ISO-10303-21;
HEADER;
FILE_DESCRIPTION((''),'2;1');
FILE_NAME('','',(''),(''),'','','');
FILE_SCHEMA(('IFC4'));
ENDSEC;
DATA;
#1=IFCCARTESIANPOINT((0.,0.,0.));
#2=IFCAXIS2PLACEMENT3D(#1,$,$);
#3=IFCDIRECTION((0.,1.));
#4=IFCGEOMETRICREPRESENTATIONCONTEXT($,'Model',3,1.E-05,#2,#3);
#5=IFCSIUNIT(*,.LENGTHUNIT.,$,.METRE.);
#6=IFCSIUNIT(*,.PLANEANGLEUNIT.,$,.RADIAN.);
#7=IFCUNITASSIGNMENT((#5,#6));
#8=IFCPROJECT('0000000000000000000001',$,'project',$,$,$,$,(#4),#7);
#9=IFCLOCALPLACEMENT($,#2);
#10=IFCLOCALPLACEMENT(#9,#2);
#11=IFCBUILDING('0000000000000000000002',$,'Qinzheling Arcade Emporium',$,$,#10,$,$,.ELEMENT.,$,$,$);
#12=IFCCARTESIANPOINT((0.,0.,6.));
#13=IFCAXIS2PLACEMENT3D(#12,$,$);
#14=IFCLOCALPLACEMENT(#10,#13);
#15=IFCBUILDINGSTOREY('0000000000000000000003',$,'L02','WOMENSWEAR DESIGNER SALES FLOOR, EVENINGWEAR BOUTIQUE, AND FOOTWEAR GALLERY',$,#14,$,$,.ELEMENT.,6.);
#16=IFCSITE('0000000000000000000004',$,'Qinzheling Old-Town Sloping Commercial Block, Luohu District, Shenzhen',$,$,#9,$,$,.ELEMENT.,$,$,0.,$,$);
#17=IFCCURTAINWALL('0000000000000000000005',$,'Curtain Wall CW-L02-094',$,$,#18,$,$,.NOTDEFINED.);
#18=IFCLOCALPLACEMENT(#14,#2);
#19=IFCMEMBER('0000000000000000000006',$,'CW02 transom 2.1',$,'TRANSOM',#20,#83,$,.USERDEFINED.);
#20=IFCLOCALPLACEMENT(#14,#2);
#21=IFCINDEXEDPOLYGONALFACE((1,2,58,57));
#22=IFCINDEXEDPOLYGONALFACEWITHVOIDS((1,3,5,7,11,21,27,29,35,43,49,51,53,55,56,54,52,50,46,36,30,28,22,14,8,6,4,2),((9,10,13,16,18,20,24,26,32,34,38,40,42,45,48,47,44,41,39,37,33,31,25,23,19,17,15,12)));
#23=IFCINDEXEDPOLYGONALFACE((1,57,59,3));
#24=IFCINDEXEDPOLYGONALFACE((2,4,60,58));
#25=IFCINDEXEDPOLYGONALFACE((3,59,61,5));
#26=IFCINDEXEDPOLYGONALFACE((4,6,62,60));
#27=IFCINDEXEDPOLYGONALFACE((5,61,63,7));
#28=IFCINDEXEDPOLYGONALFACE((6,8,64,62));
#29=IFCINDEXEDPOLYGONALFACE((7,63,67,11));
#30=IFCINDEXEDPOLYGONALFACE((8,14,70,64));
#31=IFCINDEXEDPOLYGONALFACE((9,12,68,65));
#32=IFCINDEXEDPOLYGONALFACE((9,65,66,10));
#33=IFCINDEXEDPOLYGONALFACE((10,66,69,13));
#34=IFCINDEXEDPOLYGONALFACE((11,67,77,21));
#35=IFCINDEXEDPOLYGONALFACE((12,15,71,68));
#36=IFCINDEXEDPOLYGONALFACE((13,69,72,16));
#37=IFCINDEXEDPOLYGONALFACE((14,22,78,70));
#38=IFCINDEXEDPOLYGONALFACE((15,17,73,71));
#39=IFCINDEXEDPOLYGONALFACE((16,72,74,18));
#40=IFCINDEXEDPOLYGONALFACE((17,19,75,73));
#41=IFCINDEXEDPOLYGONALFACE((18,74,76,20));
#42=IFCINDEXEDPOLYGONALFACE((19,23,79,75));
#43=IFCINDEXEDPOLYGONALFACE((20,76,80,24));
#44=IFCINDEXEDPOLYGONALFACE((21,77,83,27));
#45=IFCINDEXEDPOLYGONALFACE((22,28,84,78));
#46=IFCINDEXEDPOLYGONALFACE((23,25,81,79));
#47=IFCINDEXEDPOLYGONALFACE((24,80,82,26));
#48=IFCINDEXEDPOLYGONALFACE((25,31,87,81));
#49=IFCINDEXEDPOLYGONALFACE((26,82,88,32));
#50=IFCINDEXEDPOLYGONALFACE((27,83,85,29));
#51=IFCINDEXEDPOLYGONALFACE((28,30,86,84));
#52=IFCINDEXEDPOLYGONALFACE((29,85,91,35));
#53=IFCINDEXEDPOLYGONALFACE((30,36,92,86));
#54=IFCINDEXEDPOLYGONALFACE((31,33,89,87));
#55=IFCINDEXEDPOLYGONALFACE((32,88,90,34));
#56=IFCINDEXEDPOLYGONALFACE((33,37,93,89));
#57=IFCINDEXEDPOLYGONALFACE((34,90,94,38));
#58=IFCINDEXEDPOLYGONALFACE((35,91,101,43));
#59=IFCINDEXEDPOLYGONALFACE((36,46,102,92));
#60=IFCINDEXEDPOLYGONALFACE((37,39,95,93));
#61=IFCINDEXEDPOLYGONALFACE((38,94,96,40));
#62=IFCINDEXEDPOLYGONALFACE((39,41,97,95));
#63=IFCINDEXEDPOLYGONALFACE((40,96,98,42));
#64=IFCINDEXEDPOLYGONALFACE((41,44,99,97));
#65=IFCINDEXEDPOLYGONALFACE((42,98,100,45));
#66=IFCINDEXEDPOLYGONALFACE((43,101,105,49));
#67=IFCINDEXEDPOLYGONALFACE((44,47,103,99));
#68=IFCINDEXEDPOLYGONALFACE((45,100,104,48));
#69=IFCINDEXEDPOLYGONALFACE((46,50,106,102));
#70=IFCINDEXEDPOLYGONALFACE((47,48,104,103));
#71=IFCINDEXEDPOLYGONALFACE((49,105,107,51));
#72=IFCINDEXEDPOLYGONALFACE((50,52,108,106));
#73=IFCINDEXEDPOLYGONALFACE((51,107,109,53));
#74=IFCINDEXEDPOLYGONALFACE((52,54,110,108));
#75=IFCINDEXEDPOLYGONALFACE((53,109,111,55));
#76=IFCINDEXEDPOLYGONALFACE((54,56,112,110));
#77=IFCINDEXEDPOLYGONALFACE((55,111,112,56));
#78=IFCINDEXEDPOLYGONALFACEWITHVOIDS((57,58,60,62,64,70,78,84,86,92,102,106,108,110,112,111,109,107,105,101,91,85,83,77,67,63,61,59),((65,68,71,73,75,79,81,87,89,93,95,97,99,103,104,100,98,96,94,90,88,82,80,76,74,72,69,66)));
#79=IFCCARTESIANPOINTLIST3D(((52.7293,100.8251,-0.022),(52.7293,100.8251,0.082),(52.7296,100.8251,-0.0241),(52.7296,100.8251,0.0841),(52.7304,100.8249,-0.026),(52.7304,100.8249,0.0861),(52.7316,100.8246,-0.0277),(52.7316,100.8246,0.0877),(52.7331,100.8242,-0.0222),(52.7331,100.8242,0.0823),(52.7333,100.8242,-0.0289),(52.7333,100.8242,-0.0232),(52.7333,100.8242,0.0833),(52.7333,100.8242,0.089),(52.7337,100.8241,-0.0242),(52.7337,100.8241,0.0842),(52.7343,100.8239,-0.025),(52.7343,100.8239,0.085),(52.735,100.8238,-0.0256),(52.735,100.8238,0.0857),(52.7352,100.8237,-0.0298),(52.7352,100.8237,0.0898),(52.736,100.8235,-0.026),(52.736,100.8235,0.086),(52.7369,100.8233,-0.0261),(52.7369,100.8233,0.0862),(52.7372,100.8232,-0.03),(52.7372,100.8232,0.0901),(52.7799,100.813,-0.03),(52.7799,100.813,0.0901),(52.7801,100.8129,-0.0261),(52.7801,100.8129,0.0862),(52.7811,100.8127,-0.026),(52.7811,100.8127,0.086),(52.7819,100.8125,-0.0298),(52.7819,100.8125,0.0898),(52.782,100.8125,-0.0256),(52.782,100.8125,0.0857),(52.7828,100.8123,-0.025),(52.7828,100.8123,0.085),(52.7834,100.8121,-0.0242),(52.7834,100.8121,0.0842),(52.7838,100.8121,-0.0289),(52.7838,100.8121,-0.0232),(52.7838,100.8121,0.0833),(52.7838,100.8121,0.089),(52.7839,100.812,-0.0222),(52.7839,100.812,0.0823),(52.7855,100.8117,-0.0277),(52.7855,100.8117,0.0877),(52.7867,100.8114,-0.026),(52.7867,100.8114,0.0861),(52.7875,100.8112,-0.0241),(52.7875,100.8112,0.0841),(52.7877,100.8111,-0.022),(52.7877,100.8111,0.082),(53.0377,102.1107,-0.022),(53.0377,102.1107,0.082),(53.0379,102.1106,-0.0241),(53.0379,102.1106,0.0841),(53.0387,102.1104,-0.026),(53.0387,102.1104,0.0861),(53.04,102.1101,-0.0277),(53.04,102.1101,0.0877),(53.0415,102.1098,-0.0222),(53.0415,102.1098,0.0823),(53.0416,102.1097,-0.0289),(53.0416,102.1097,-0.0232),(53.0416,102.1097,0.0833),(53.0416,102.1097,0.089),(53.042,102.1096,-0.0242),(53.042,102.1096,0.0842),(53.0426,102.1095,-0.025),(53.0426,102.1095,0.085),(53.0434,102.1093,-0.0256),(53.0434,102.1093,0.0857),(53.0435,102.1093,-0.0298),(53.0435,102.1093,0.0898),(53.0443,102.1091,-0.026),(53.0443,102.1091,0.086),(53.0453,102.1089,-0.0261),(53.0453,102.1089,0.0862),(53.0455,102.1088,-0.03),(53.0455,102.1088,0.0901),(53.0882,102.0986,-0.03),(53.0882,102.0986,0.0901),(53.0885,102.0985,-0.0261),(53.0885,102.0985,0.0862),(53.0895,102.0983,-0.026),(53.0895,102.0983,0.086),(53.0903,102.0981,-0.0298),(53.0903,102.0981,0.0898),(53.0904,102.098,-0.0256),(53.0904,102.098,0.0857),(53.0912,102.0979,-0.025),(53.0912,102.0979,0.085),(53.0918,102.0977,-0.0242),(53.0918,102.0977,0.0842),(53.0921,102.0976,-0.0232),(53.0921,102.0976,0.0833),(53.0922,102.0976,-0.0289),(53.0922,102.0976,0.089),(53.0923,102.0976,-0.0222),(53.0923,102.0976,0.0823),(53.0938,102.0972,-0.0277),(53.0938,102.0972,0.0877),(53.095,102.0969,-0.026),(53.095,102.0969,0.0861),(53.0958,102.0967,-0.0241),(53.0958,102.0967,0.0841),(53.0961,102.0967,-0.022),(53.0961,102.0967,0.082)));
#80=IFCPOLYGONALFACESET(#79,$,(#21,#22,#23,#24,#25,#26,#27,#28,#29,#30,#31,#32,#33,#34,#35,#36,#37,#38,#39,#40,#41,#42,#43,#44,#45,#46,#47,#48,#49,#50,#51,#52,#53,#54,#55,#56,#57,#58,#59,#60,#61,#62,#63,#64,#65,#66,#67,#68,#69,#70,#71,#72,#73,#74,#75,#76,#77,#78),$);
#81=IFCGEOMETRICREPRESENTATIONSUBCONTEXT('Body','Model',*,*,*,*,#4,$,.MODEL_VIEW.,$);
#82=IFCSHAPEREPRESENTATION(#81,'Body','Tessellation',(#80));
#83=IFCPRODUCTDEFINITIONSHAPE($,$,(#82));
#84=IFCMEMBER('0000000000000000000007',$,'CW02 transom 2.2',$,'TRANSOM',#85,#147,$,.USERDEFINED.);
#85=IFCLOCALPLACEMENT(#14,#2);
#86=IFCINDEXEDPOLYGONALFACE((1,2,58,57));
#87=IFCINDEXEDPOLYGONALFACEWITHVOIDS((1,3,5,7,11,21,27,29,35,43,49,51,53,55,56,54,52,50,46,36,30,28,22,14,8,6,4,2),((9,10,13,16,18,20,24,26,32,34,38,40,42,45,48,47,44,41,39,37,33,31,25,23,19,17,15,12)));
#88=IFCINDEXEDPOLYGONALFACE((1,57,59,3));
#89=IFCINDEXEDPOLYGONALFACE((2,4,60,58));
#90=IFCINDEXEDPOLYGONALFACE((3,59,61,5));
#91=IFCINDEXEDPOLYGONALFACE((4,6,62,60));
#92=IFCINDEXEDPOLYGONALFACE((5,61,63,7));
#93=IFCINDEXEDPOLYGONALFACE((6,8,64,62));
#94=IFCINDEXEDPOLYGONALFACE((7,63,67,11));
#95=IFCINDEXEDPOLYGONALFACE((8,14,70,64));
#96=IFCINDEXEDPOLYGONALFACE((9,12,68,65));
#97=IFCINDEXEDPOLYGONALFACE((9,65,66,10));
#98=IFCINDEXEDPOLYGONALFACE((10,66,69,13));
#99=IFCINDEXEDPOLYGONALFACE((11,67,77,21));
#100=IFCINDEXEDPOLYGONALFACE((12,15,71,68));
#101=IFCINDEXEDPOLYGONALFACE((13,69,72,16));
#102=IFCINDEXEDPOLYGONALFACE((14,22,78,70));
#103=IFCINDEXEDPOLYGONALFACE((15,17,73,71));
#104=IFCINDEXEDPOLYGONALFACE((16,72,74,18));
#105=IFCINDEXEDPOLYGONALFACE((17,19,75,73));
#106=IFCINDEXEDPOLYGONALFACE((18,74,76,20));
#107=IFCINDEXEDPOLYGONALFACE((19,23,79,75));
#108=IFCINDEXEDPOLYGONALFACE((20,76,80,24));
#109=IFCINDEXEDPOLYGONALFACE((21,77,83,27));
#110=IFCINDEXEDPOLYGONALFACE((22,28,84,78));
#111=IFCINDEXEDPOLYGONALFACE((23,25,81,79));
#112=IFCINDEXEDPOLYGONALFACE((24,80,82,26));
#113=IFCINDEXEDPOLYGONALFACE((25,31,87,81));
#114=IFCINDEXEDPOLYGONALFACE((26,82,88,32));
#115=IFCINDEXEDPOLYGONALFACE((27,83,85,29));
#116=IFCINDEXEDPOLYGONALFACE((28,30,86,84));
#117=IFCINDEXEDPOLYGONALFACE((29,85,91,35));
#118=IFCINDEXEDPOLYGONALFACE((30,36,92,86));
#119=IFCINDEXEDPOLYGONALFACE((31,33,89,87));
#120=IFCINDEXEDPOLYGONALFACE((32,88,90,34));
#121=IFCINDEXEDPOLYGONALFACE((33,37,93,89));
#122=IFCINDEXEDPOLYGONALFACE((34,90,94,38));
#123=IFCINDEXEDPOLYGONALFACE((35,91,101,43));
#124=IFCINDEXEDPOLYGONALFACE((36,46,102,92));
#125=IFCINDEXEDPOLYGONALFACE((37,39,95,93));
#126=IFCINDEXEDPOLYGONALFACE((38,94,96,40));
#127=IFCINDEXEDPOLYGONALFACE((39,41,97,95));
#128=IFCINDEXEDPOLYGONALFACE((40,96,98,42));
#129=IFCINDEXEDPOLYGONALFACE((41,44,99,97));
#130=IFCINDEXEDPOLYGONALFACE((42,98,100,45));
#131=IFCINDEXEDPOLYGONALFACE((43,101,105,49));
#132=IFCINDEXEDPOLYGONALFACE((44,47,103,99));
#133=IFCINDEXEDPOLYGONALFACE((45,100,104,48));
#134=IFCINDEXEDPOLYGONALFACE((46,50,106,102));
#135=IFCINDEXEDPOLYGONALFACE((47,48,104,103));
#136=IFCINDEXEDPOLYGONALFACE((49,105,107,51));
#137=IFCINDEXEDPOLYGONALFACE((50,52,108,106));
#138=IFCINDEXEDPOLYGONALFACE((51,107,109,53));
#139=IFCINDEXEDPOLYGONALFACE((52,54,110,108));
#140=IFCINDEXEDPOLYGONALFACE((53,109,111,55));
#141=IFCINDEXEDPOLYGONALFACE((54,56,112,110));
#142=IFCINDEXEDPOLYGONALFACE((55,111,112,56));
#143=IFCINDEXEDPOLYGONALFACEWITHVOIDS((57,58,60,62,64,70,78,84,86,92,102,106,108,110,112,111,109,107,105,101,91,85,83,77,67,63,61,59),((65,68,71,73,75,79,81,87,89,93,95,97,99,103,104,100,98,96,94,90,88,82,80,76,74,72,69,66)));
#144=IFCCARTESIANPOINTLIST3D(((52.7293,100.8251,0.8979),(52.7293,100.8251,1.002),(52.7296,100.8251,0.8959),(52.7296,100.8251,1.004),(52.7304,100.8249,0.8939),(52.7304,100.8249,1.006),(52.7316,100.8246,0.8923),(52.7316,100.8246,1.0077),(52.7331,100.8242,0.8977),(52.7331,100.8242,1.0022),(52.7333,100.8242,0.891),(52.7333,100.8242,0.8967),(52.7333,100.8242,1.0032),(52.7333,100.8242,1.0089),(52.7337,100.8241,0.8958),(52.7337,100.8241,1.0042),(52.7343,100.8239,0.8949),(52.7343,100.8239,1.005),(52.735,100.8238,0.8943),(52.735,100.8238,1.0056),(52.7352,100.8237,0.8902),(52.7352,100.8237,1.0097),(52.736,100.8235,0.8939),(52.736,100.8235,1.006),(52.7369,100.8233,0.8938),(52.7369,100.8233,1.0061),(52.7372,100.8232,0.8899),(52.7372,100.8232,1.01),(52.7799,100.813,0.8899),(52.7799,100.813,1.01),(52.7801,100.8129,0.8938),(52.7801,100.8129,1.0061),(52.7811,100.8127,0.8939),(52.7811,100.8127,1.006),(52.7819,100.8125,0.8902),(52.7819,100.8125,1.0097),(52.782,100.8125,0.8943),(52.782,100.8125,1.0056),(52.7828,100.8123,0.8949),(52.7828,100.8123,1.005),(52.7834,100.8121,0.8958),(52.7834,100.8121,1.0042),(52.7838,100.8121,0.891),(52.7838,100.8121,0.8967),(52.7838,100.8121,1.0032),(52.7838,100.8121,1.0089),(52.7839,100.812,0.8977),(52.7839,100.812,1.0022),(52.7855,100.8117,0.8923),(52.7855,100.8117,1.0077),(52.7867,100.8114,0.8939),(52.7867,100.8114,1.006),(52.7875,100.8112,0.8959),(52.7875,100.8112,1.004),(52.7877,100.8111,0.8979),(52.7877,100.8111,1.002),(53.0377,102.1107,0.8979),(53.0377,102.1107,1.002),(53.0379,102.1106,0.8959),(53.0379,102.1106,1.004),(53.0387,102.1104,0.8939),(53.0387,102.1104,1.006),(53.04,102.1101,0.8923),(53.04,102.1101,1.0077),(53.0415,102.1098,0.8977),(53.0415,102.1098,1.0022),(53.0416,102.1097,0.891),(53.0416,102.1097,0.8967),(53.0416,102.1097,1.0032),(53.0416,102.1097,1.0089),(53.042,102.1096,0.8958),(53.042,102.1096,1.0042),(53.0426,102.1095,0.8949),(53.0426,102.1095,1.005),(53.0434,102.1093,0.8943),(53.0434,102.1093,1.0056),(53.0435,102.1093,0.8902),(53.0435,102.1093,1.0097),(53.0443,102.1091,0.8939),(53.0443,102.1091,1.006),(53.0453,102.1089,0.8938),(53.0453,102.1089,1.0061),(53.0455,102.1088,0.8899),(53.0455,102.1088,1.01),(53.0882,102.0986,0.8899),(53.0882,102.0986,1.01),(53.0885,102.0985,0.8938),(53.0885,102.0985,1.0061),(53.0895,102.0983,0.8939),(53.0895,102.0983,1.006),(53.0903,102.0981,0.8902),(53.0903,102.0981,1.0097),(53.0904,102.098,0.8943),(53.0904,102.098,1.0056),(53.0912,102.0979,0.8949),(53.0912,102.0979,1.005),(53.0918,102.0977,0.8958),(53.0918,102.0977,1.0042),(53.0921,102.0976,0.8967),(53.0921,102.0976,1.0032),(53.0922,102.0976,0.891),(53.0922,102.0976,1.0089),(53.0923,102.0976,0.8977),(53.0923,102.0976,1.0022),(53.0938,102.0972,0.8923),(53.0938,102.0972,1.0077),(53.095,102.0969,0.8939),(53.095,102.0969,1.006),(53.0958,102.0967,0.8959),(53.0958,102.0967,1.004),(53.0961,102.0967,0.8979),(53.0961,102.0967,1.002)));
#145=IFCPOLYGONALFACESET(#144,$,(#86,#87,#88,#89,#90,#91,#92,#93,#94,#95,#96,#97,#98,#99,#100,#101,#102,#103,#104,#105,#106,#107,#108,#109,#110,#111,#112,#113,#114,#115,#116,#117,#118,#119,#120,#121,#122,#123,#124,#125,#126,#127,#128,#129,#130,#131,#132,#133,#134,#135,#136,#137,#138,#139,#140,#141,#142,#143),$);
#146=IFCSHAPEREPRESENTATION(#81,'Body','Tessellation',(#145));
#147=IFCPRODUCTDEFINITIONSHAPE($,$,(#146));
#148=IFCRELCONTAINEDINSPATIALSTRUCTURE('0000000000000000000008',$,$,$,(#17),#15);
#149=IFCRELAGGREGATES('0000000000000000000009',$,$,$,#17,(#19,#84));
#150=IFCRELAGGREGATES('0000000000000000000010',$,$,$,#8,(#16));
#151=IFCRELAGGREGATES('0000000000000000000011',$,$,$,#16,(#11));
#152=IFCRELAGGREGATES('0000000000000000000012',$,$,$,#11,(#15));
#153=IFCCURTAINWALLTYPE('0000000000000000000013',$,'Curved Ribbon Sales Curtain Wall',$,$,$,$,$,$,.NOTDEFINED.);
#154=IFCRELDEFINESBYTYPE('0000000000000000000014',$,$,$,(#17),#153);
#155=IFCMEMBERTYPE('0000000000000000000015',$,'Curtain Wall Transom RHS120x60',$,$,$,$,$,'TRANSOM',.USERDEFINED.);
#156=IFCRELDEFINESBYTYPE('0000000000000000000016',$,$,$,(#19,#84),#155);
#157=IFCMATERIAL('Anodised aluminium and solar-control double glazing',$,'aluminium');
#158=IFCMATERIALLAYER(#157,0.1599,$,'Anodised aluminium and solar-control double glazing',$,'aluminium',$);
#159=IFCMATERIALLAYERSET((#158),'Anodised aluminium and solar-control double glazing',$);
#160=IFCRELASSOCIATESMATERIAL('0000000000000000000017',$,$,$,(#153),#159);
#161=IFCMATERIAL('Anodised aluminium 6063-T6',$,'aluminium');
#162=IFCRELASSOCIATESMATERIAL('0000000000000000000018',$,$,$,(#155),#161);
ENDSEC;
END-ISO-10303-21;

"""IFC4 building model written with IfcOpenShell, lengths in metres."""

from ifc_helpers import new_model, si_unit, direction, frame, origin, origin_2d, place, context, subcontext, project, spatial, hollow_rectangle, extrude, material, layer, layer_set, material_profile, profile_set, type_object, element, aggregate, save


model = new_model("IFC4")

# Units and contexts
model_context = context("Model", 3, precision=1e-05, world=origin(), true_north=direction((0.0, 1.0)))
body_context = subcontext(model_context, "Body", "Model", "MODEL_VIEW")
ifc_project = project(units=[si_unit("LENGTHUNIT", "METRE"), si_unit("PLANEANGLEUNIT", "RADIAN")], contexts=[model_context])

# Site, building, storey
site_placement = place(None, origin())
site = spatial("IfcSite", under=ifc_project, at=site_placement, Name="Qinzheling Old-Town Sloping Commercial Block, Luohu District, Shenzhen", CompositionType="ELEMENT", RefElevation=0.0)
building_placement = place(site_placement, origin())
building = spatial("IfcBuilding", under=site, at=building_placement, Name="Qinzheling Arcade Emporium", CompositionType="ELEMENT")
storey_placement = place(building_placement, frame((0.0, 0.0, 6.0)))
storey = spatial("IfcBuildingStorey", under=building, at=storey_placement, Name="L02", Description="WOMENSWEAR DESIGNER SALES FLOOR, EVENINGWEAR BOUTIQUE, AND FOOTWEAR GALLERY", CompositionType="ELEMENT", Elevation=6.0)

# Curtain wall
ifc_material_1 = material(Name="Anodised aluminium and solar-control double glazing", Category="aluminium")
ifc_layer_1 = layer(ifc_material_1, 0.1599, Name="Anodised aluminium and solar-control double glazing", Category="aluminium")
ifc_layer_set_1 = layer_set([ifc_layer_1], Name="Anodised aluminium and solar-control double glazing")
curtain_wall_type = type_object("IfcCurtainWallType", Name="Curved Ribbon Sales Curtain Wall", PredefinedType="NOTDEFINED", material=ifc_layer_set_1)
curtain_wall_1_placement = place(storey_placement, origin())
curtain_wall_1 = element("IfcCurtainWall", 1, at=curtain_wall_1_placement, inside=storey, type_object=curtain_wall_type, Name="Curtain Wall CW-L02-094", PredefinedType="NOTDEFINED")
ifc_material_2 = material(Name="Anodised aluminium 6063-T6", Category="aluminium")

# Members
ifc_material_profile_1 = material_profile(ifc_material_2, hollow_rectangle(XDim=0.0601, YDim=0.1201, WallThickness=0.0039, InnerFilletRadius=0.0039, OuterFilletRadius=0.0081, at=origin_2d()), Name="RHS 120x60x4", Category="aluminium")
ifc_profile_set_1 = profile_set([ifc_material_profile_1], Name="Anodised aluminium 6063-T6")
member_type_1 = type_object("IfcMemberType", Name="Curtain Wall Transom RHS120x60", ElementType="TRANSOM", PredefinedType="USERDEFINED", material=ifc_profile_set_1)
member_1_placement = place(storey_placement, frame((52.7585, 100.8181, 0.03), z_axis=(0.233226, 0.972422, 0.0), x_axis=(-0.972422, 0.233226, 0.0)))
member_1 = element("IfcMember", 2, at=member_1_placement, type_object=member_type_1, Name="CW02 transom 2.1", ObjectType="TRANSOM", PredefinedType="USERDEFINED", context=body_context, shape_type="SweptSolid", body=[
    extrude(hollow_rectangle(XDim=0.0601, YDim=0.1201, WallThickness=0.0039, InnerFilletRadius=0.0039, OuterFilletRadius=0.0081, at=origin_2d()), origin(), (0.0, 0.0, 1.0), 1.322),
])
member_2_placement = place(storey_placement, frame((52.7585, 100.8181, 0.95), z_axis=(0.233226, 0.972422, 0.0), x_axis=(-0.972422, 0.233226, 0.0)))
member_2 = element("IfcMember", 3, at=member_2_placement, type_object=member_type_1, Name="CW02 transom 2.2", ObjectType="TRANSOM", PredefinedType="USERDEFINED", context=body_context, shape_type="SweptSolid", body=[
    extrude(hollow_rectangle(XDim=0.0601, YDim=0.1201, WallThickness=0.0039, InnerFilletRadius=0.0039, OuterFilletRadius=0.0081, at=origin_2d()), origin(), (0.0, 0.0, 1.0), 1.322),
])

aggregate(curtain_wall_1, [member_1, member_2])

save(model, "model.ifc")
